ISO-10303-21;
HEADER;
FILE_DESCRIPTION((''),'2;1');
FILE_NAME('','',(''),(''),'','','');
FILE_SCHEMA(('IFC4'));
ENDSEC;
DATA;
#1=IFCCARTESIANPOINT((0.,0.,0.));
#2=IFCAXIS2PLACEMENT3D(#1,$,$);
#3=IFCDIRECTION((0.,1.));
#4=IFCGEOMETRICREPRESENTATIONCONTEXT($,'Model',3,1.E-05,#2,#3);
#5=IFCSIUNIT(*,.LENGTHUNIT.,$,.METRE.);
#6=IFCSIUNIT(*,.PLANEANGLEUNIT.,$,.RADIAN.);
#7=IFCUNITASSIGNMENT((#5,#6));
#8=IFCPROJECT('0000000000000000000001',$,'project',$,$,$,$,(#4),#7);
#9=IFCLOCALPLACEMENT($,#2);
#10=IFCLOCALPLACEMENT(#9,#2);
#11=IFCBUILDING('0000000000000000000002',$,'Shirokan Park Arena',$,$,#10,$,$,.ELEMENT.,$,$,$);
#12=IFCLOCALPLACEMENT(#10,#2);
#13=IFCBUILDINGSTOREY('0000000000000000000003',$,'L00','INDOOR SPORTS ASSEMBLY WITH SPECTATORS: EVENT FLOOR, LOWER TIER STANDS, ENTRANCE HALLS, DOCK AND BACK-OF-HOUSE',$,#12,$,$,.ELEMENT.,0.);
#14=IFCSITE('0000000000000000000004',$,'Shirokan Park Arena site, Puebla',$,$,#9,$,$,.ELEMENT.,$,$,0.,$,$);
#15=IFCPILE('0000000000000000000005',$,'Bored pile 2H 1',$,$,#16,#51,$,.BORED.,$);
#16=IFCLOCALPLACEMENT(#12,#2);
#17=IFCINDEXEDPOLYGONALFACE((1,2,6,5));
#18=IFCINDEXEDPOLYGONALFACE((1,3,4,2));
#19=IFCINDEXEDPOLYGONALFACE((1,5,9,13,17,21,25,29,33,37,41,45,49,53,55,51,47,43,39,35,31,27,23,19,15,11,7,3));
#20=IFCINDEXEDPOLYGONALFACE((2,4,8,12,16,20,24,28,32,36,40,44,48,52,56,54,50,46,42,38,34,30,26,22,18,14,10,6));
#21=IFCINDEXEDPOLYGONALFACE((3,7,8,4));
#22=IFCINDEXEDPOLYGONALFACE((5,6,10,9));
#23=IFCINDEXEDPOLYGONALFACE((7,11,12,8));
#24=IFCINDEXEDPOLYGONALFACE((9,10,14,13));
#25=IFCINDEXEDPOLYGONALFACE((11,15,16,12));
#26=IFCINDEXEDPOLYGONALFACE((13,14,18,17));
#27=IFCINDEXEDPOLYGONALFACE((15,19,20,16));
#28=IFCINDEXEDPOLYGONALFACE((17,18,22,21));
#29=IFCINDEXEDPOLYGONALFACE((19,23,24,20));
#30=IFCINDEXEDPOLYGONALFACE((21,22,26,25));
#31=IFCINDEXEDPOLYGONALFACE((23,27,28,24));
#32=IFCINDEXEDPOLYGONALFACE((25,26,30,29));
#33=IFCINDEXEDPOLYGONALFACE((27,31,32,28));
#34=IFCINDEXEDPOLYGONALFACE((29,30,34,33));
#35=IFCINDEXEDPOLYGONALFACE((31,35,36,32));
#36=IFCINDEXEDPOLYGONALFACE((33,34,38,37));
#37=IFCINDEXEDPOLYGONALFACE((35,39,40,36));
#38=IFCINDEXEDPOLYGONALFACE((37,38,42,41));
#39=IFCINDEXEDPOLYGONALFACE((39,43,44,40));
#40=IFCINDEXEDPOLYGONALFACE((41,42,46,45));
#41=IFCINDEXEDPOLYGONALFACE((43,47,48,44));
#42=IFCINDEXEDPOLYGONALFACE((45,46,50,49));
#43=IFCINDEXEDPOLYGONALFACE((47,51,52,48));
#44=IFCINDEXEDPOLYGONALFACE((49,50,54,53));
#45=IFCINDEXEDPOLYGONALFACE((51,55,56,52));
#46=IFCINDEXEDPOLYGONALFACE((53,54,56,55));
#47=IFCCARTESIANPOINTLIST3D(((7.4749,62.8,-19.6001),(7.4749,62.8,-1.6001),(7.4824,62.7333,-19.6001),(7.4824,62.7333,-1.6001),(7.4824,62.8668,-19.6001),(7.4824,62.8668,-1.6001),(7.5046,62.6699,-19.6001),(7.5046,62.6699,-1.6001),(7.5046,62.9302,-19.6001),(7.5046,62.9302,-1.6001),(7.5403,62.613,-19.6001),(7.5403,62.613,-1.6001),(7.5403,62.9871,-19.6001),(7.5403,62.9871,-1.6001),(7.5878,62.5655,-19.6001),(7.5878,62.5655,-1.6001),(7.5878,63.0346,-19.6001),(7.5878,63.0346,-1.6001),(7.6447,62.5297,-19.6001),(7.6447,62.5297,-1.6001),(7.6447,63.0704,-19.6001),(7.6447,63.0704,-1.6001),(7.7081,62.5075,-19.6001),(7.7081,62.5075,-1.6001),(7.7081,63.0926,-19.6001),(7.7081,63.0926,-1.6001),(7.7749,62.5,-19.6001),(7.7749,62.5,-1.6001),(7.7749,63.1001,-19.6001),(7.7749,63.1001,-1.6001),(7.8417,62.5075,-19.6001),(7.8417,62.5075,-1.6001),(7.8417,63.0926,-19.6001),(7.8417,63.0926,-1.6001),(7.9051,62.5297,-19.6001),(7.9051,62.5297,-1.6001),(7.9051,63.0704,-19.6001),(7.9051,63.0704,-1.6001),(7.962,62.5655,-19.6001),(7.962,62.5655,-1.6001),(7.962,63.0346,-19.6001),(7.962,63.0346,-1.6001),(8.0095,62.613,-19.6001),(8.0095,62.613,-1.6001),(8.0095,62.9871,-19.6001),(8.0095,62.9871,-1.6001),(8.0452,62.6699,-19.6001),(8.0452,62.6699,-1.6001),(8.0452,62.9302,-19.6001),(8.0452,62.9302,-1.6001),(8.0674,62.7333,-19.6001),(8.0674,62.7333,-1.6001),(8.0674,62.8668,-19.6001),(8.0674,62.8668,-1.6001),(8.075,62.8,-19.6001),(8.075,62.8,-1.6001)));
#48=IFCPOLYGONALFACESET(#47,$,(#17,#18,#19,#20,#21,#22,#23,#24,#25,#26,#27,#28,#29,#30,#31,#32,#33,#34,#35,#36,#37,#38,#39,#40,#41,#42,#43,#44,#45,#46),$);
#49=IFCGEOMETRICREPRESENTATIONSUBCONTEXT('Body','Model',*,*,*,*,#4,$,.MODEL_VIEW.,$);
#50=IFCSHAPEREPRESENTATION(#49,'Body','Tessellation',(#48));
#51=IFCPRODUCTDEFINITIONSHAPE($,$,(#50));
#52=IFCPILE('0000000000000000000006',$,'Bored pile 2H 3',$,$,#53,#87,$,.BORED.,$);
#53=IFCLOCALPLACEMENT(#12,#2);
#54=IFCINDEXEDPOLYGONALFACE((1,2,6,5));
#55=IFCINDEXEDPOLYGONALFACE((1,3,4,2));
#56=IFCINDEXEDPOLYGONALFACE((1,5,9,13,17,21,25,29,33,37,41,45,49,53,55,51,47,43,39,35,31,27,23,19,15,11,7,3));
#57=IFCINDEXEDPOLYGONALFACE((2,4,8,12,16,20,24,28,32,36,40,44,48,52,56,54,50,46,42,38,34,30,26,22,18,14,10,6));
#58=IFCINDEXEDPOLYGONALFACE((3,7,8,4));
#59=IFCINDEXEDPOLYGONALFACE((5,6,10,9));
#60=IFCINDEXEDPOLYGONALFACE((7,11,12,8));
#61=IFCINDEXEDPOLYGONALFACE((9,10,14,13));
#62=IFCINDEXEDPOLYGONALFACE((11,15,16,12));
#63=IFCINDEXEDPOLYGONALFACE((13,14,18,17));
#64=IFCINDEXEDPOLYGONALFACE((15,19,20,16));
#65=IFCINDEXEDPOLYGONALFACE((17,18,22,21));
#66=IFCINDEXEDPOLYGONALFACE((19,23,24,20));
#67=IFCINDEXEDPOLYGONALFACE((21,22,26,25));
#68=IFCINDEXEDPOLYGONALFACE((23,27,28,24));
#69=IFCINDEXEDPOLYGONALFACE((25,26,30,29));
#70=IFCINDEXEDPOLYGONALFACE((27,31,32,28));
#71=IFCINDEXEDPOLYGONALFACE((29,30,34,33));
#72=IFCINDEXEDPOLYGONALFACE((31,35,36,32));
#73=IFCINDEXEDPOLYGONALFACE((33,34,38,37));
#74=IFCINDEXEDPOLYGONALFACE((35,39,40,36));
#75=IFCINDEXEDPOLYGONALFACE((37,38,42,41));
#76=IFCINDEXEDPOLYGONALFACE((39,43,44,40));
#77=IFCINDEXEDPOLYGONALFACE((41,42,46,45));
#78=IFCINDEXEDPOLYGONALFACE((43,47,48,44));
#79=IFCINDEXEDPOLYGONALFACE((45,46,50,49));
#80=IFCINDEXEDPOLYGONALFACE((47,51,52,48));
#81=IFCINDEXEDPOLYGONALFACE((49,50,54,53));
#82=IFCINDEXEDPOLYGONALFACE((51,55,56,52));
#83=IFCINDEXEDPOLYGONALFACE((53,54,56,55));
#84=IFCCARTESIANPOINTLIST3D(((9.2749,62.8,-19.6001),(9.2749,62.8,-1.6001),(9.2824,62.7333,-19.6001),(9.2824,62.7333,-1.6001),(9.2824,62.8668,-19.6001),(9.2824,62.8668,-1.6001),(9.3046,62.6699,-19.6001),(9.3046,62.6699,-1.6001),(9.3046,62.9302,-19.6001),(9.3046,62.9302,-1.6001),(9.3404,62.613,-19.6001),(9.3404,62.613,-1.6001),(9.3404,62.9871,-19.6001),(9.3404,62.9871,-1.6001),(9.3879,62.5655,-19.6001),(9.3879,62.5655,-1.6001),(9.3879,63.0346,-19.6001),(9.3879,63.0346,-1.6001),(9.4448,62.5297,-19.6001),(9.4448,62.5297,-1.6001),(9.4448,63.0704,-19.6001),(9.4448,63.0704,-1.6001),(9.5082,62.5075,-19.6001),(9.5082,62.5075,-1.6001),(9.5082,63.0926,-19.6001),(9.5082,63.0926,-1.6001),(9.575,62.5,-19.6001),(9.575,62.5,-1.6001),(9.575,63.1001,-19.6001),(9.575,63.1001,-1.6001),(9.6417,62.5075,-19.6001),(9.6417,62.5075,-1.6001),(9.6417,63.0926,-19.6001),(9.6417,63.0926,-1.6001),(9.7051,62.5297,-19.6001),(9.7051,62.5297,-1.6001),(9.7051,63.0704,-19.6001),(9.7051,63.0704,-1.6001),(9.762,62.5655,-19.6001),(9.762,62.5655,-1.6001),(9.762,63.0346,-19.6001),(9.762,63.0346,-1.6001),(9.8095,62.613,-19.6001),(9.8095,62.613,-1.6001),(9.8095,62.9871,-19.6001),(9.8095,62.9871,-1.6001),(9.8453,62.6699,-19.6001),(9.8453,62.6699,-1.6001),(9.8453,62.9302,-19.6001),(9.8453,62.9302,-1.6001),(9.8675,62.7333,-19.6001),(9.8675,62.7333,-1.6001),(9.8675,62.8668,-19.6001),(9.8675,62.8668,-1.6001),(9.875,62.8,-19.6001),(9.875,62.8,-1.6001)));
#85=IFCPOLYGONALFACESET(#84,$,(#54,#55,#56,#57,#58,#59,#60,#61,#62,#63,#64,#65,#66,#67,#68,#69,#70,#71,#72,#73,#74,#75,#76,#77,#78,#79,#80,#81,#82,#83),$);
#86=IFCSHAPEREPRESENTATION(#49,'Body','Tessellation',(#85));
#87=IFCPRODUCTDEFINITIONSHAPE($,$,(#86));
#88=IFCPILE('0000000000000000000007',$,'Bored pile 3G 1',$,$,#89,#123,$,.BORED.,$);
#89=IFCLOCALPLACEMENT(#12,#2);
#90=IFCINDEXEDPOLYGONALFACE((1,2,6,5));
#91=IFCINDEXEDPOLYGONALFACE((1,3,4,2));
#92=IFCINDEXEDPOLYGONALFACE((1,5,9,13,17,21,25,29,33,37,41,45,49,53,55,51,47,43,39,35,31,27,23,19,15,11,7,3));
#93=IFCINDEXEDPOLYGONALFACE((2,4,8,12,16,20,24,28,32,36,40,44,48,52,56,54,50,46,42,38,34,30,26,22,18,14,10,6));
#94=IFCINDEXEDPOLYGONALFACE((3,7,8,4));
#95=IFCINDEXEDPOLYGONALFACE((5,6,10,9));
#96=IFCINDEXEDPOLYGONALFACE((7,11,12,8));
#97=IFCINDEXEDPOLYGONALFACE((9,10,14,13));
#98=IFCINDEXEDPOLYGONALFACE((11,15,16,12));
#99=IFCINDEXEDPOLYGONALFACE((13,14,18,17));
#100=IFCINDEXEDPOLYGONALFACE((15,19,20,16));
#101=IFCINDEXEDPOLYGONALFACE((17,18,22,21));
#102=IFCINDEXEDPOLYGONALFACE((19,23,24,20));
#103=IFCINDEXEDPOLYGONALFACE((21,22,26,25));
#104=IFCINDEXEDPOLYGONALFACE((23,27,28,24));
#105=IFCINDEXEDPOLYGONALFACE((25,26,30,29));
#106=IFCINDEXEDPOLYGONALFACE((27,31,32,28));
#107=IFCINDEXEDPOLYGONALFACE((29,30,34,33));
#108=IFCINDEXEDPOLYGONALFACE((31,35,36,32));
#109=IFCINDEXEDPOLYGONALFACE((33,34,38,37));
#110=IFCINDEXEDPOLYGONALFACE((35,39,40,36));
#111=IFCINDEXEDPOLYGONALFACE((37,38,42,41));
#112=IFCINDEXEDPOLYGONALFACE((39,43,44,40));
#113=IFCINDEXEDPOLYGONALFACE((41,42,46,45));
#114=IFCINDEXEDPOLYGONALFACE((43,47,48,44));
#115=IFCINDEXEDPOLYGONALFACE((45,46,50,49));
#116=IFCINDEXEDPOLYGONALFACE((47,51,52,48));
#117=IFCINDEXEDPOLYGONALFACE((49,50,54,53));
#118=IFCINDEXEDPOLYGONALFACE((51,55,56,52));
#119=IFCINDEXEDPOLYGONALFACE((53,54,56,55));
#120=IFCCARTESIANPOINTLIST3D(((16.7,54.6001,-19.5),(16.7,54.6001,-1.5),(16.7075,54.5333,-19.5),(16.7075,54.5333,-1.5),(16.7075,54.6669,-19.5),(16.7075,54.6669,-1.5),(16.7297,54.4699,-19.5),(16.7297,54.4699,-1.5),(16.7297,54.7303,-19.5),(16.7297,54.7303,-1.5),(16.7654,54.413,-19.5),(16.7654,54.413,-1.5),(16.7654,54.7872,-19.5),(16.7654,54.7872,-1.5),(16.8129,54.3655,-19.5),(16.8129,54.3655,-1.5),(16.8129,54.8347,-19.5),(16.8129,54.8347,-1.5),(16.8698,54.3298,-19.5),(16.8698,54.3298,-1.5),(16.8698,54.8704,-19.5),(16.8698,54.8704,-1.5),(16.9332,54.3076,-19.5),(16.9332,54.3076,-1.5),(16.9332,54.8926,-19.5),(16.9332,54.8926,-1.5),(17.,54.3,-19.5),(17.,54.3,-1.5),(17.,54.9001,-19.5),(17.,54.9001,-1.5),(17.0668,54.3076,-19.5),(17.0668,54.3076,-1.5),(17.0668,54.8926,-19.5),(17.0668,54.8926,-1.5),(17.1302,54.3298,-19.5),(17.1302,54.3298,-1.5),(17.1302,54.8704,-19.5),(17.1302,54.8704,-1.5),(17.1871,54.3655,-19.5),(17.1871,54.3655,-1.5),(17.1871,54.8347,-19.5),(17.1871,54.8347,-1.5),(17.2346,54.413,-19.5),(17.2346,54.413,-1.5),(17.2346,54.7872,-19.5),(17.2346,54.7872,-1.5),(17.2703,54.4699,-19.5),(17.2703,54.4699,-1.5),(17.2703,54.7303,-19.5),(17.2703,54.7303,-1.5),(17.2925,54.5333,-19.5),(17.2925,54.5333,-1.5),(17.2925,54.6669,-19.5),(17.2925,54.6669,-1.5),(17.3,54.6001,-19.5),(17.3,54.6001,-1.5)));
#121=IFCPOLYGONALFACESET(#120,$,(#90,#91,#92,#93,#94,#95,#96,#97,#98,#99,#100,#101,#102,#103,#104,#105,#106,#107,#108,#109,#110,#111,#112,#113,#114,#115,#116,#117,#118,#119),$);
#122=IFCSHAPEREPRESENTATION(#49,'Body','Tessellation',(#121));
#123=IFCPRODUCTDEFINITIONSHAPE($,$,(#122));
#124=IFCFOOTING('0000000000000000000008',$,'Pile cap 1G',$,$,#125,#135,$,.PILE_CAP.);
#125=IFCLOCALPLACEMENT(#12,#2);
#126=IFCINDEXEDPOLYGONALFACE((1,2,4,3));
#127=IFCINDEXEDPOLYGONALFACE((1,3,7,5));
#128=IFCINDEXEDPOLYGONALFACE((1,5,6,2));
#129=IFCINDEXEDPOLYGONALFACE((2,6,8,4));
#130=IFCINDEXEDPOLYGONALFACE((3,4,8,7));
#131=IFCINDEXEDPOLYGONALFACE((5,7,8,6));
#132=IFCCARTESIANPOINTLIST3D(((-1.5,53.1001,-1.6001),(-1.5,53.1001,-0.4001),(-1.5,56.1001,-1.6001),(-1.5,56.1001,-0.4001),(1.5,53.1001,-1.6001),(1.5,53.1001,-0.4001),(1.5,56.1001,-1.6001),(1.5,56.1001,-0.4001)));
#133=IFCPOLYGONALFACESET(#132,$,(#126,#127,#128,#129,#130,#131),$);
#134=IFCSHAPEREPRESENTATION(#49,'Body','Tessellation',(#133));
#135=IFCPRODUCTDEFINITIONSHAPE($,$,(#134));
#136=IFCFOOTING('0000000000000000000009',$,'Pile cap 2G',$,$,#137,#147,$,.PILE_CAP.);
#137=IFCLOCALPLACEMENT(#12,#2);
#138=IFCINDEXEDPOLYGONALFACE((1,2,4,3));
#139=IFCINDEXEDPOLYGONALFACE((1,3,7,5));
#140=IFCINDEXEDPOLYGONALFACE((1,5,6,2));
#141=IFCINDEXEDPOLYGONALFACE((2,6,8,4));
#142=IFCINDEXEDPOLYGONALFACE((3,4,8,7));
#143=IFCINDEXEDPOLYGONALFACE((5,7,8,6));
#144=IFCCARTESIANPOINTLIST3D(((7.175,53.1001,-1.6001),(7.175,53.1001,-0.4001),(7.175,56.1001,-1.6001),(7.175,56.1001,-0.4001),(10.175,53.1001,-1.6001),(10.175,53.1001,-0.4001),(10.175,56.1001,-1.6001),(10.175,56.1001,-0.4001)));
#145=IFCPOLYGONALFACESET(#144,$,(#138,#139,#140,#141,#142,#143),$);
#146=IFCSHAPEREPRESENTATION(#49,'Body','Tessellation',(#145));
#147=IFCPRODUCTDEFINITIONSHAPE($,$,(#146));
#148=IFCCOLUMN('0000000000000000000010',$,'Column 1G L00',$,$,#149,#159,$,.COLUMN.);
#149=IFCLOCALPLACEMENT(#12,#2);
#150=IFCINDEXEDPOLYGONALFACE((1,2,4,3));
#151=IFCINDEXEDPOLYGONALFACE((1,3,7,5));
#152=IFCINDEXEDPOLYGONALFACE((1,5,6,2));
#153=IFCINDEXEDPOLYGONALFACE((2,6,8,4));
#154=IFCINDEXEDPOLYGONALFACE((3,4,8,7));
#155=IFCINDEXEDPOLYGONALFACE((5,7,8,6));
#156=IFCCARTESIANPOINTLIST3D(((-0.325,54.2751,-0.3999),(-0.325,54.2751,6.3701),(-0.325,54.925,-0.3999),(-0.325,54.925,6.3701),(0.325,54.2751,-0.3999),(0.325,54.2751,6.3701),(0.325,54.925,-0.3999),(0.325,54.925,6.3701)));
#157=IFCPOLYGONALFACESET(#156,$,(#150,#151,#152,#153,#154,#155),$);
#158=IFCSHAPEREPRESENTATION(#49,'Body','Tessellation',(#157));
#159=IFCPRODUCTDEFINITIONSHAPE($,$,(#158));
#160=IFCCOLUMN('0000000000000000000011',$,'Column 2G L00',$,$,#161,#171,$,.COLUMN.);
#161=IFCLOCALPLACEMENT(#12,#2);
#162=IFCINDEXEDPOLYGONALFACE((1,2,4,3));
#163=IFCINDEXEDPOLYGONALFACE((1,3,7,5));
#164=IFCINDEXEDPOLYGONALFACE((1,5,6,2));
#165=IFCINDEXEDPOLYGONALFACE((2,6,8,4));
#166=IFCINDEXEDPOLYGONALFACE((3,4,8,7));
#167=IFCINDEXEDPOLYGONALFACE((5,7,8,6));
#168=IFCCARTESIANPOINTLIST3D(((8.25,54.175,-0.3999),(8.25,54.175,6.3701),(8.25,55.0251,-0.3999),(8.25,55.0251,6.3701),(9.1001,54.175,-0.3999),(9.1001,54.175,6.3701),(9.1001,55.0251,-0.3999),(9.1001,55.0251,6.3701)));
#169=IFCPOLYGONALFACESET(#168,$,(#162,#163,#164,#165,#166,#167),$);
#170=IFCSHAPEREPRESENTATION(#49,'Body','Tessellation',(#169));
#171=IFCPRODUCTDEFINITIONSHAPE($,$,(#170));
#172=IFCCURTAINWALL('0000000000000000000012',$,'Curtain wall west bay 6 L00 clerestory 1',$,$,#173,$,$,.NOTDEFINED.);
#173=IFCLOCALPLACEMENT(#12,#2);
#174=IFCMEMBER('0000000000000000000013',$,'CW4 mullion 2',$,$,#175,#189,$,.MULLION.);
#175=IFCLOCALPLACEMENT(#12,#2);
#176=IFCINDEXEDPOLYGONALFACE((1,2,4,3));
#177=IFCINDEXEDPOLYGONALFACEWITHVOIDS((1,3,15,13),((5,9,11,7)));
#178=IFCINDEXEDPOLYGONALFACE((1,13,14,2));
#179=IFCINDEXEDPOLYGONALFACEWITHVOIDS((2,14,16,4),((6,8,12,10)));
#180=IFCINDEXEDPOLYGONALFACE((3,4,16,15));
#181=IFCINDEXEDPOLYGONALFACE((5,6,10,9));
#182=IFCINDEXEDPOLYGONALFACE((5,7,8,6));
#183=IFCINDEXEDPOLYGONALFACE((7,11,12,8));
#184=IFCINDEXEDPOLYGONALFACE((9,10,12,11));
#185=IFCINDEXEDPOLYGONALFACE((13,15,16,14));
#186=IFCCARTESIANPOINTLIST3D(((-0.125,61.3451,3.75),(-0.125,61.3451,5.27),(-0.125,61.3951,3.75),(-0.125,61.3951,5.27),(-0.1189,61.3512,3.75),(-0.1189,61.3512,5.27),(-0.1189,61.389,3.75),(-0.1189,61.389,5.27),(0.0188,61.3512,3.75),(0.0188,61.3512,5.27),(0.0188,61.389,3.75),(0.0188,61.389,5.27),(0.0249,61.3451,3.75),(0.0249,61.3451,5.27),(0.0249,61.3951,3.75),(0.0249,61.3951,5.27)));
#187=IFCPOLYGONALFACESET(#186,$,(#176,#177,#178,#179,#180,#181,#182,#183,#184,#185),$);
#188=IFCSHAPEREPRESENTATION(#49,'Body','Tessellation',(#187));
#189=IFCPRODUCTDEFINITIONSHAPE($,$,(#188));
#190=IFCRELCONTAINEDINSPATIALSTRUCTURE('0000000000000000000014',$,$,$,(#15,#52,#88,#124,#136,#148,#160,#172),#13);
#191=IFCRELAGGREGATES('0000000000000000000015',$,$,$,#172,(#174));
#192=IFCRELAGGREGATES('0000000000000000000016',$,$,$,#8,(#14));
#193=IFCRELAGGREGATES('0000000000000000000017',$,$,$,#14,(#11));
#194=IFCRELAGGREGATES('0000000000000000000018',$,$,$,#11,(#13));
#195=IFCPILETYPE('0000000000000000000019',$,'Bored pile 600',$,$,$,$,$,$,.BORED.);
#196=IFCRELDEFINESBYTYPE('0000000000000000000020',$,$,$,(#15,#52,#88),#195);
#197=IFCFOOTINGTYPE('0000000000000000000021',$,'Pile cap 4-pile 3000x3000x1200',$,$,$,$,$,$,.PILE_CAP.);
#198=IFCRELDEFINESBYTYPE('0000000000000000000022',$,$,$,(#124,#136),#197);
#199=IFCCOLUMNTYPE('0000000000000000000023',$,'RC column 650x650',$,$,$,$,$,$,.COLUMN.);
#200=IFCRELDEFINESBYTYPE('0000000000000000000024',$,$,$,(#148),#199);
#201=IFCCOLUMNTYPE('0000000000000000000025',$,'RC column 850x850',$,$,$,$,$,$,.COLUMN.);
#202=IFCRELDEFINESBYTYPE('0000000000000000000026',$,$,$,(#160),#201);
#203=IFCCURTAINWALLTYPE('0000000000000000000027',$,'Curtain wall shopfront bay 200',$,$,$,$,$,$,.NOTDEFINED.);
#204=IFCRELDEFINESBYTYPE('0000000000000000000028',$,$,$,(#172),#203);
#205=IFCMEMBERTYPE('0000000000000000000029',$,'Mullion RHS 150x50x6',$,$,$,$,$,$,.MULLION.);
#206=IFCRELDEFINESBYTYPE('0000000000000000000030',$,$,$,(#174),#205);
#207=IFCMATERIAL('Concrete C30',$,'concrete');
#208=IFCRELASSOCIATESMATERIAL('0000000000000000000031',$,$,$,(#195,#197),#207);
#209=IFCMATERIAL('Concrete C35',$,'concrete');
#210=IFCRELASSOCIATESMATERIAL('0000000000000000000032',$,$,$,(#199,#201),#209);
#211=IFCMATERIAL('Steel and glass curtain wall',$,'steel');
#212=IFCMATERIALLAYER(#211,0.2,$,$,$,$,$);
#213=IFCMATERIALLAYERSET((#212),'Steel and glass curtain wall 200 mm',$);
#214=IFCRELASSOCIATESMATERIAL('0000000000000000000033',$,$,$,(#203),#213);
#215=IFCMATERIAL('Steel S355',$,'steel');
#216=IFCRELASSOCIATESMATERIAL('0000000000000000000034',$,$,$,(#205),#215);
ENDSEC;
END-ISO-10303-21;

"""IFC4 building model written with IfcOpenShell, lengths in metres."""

from ifc_helpers import new_model, si_unit, direction, frame, origin, origin_2d, place, context, subcontext, project, spatial, rectangle, hollow_rectangle, circle, extrude, material, layer, layer_set, material_profile, profile_set, type_object, element, aggregate, save


model = new_model("IFC4")

# Units and contexts
model_context = context("Model", 3, precision=1e-05, world=origin(), true_north=direction((0.0, 1.0)))
body_context = subcontext(model_context, "Body", "Model", "MODEL_VIEW")
ifc_project = project(units=[si_unit("LENGTHUNIT", "METRE"), si_unit("PLANEANGLEUNIT", "RADIAN")], contexts=[model_context])

# Site, building, storey
site_placement = place(None, origin())
site = spatial("IfcSite", under=ifc_project, at=site_placement, Name="Shirokan Park Arena site, Puebla", CompositionType="ELEMENT", RefElevation=0.0)
building_placement = place(site_placement, origin())
building = spatial("IfcBuilding", under=site, at=building_placement, Name="Shirokan Park Arena", CompositionType="ELEMENT")
storey_placement = place(building_placement, origin())
storey = spatial("IfcBuildingStorey", under=building, at=storey_placement, Name="L00", Description="INDOOR SPORTS ASSEMBLY WITH SPECTATORS: EVENT FLOOR, LOWER TIER STANDS, ENTRANCE HALLS, DOCK AND BACK-OF-HOUSE", CompositionType="ELEMENT", Elevation=0.0)

# Piles
ifc_material_1 = material(Name="Concrete C30", Category="concrete")
ifc_material_profile_1 = material_profile(ifc_material_1, circle(Radius=0.3, at=origin_2d()), Name="D600")
ifc_profile_set_1 = profile_set([ifc_material_profile_1], Name="Concrete C30")
pile_type = type_object("IfcPileType", Name="Bored pile 600", PredefinedType="BORED", material=ifc_profile_set_1)
for number, where, z_axis, x_axis, name in (
    (1, (7.7749, 62.8, -1.6001), (0.0, 0.0, -1.0), (1.0, 0.0, 0.0), "Bored pile 2H 1"),
    (2, (9.575, 62.8, -1.6001), (0.0, 0.0, -1.0), (1.0, 0.0, 0.0), "Bored pile 2H 3"),
    (3, (17.0, 54.6001, -1.5), (0.0, 0.0, -1.0), (1.0, 0.0, 0.0), "Bored pile 3G 1"),
):
    element("IfcPile", number, at=place(storey_placement, frame(where, z_axis=z_axis, x_axis=x_axis)), inside=storey, type_object=pile_type, Name=name, PredefinedType="BORED", context=body_context, shape_type="SweptSolid", body=[
        extrude(circle(Radius=0.3, at=origin_2d()), origin(), (0.0, 0.0, 1.0), 18.0),
    ])

# Footings
footing_type = type_object("IfcFootingType", Name="Pile cap 4-pile 3000x3000x1200", PredefinedType="PILE_CAP", material=ifc_material_1)
for number, where, z_axis, x_axis, name in (
    (4, (0.0, 54.6001, -1.6001), (0.0, 0.0, 1.0), (1.0, 0.0, 0.0), "Pile cap 1G"),
    (5, (8.675, 54.6001, -1.6001), (0.0, 0.0, 1.0), (1.0, 0.0, 0.0), "Pile cap 2G"),
):
    element("IfcFooting", number, at=place(storey_placement, frame(where, z_axis=z_axis, x_axis=x_axis)), inside=storey, type_object=footing_type, Name=name, PredefinedType="PILE_CAP", context=body_context, shape_type="SweptSolid", body=[
        extrude(rectangle(XDim=3.0, YDim=3.0, at=origin_2d()), origin(), (0.0, 0.0, 1.0), 1.2),
    ])

# Columns
ifc_material_2 = material(Name="Concrete C35", Category="concrete")
ifc_material_profile_2 = material_profile(ifc_material_2, rectangle(XDim=0.6499, YDim=0.6499, at=origin_2d()), Name="650x650")
ifc_profile_set_2 = profile_set([ifc_material_profile_2], Name="Concrete C35")
column_type_1 = type_object("IfcColumnType", Name="RC column 650x650", PredefinedType="COLUMN", material=ifc_profile_set_2)
column_1_placement = place(storey_placement, frame((0.0, 54.6001, -0.3999), z_axis=(0.0, 0.0, 1.0), x_axis=(1.0, 0.0, 0.0)))
element("IfcColumn", 6, at=column_1_placement, inside=storey, type_object=column_type_1, Name="Column 1G L00", PredefinedType="COLUMN", context=body_context, shape_type="SweptSolid", body=[
    extrude(rectangle(XDim=0.6499, YDim=0.6499, at=origin_2d()), origin(), (0.0, 0.0, 1.0), 6.77),
])
ifc_material_profile_3 = material_profile(ifc_material_2, rectangle(XDim=0.8501, YDim=0.8501, at=origin_2d()), Name="850x850")
ifc_profile_set_3 = profile_set([ifc_material_profile_3], Name="Concrete C35")
column_type_2 = type_object("IfcColumnType", Name="RC column 850x850", PredefinedType="COLUMN", material=ifc_profile_set_3)
column_2_placement = place(storey_placement, frame((8.675, 54.6001, -0.3999), z_axis=(0.0, 0.0, 1.0), x_axis=(1.0, 0.0, 0.0)))
element("IfcColumn", 7, at=column_2_placement, inside=storey, type_object=column_type_2, Name="Column 2G L00", PredefinedType="COLUMN", context=body_context, shape_type="SweptSolid", body=[
    extrude(rectangle(XDim=0.8501, YDim=0.8501, at=origin_2d()), origin(), (0.0, 0.0, 1.0), 6.77),
])

# Curtain wall, member
ifc_material_3 = material(Name="Steel and glass curtain wall", Category="steel")
ifc_layer_1 = layer(ifc_material_3, 0.2)
ifc_layer_set_1 = layer_set([ifc_layer_1], Name="Steel and glass curtain wall 200 mm")
curtain_wall_type = type_object("IfcCurtainWallType", Name="Curtain wall shopfront bay 200", PredefinedType="NOTDEFINED", material=ifc_layer_set_1)
curtain_wall_1_placement = place(storey_placement, origin())
curtain_wall_1 = element("IfcCurtainWall", 8, at=curtain_wall_1_placement, inside=storey, type_object=curtain_wall_type, Name="Curtain wall west bay 6 L00 clerestory 1", PredefinedType="NOTDEFINED")
ifc_material_4 = material(Name="Steel S355", Category="steel")
ifc_material_profile_4 = material_profile(ifc_material_4, hollow_rectangle(XDim=0.1499, YDim=0.05, WallThickness=0.0061, at=origin_2d()), Name="RHS 150x50x6")
ifc_profile_set_4 = profile_set([ifc_material_profile_4], Name="Steel S355")
member_type_1 = type_object("IfcMemberType", Name="Mullion RHS 150x50x6", PredefinedType="MULLION", material=ifc_profile_set_4)
member_1_placement = place(storey_placement, frame((-0.05, 61.3701, 3.75), z_axis=(0.0, 0.0, 1.0), x_axis=(1.0, 0.0, 0.0)))
member_1 = element("IfcMember", 9, at=member_1_placement, type_object=member_type_1, Name="CW4 mullion 2", PredefinedType="MULLION", context=body_context, shape_type="SweptSolid", body=[
    extrude(hollow_rectangle(XDim=0.1499, YDim=0.05, WallThickness=0.0061, at=origin_2d()), origin(), (0.0, 0.0, 1.0), 1.52),
])

aggregate(curtain_wall_1, [member_1])

save(model, "model.ifc")
